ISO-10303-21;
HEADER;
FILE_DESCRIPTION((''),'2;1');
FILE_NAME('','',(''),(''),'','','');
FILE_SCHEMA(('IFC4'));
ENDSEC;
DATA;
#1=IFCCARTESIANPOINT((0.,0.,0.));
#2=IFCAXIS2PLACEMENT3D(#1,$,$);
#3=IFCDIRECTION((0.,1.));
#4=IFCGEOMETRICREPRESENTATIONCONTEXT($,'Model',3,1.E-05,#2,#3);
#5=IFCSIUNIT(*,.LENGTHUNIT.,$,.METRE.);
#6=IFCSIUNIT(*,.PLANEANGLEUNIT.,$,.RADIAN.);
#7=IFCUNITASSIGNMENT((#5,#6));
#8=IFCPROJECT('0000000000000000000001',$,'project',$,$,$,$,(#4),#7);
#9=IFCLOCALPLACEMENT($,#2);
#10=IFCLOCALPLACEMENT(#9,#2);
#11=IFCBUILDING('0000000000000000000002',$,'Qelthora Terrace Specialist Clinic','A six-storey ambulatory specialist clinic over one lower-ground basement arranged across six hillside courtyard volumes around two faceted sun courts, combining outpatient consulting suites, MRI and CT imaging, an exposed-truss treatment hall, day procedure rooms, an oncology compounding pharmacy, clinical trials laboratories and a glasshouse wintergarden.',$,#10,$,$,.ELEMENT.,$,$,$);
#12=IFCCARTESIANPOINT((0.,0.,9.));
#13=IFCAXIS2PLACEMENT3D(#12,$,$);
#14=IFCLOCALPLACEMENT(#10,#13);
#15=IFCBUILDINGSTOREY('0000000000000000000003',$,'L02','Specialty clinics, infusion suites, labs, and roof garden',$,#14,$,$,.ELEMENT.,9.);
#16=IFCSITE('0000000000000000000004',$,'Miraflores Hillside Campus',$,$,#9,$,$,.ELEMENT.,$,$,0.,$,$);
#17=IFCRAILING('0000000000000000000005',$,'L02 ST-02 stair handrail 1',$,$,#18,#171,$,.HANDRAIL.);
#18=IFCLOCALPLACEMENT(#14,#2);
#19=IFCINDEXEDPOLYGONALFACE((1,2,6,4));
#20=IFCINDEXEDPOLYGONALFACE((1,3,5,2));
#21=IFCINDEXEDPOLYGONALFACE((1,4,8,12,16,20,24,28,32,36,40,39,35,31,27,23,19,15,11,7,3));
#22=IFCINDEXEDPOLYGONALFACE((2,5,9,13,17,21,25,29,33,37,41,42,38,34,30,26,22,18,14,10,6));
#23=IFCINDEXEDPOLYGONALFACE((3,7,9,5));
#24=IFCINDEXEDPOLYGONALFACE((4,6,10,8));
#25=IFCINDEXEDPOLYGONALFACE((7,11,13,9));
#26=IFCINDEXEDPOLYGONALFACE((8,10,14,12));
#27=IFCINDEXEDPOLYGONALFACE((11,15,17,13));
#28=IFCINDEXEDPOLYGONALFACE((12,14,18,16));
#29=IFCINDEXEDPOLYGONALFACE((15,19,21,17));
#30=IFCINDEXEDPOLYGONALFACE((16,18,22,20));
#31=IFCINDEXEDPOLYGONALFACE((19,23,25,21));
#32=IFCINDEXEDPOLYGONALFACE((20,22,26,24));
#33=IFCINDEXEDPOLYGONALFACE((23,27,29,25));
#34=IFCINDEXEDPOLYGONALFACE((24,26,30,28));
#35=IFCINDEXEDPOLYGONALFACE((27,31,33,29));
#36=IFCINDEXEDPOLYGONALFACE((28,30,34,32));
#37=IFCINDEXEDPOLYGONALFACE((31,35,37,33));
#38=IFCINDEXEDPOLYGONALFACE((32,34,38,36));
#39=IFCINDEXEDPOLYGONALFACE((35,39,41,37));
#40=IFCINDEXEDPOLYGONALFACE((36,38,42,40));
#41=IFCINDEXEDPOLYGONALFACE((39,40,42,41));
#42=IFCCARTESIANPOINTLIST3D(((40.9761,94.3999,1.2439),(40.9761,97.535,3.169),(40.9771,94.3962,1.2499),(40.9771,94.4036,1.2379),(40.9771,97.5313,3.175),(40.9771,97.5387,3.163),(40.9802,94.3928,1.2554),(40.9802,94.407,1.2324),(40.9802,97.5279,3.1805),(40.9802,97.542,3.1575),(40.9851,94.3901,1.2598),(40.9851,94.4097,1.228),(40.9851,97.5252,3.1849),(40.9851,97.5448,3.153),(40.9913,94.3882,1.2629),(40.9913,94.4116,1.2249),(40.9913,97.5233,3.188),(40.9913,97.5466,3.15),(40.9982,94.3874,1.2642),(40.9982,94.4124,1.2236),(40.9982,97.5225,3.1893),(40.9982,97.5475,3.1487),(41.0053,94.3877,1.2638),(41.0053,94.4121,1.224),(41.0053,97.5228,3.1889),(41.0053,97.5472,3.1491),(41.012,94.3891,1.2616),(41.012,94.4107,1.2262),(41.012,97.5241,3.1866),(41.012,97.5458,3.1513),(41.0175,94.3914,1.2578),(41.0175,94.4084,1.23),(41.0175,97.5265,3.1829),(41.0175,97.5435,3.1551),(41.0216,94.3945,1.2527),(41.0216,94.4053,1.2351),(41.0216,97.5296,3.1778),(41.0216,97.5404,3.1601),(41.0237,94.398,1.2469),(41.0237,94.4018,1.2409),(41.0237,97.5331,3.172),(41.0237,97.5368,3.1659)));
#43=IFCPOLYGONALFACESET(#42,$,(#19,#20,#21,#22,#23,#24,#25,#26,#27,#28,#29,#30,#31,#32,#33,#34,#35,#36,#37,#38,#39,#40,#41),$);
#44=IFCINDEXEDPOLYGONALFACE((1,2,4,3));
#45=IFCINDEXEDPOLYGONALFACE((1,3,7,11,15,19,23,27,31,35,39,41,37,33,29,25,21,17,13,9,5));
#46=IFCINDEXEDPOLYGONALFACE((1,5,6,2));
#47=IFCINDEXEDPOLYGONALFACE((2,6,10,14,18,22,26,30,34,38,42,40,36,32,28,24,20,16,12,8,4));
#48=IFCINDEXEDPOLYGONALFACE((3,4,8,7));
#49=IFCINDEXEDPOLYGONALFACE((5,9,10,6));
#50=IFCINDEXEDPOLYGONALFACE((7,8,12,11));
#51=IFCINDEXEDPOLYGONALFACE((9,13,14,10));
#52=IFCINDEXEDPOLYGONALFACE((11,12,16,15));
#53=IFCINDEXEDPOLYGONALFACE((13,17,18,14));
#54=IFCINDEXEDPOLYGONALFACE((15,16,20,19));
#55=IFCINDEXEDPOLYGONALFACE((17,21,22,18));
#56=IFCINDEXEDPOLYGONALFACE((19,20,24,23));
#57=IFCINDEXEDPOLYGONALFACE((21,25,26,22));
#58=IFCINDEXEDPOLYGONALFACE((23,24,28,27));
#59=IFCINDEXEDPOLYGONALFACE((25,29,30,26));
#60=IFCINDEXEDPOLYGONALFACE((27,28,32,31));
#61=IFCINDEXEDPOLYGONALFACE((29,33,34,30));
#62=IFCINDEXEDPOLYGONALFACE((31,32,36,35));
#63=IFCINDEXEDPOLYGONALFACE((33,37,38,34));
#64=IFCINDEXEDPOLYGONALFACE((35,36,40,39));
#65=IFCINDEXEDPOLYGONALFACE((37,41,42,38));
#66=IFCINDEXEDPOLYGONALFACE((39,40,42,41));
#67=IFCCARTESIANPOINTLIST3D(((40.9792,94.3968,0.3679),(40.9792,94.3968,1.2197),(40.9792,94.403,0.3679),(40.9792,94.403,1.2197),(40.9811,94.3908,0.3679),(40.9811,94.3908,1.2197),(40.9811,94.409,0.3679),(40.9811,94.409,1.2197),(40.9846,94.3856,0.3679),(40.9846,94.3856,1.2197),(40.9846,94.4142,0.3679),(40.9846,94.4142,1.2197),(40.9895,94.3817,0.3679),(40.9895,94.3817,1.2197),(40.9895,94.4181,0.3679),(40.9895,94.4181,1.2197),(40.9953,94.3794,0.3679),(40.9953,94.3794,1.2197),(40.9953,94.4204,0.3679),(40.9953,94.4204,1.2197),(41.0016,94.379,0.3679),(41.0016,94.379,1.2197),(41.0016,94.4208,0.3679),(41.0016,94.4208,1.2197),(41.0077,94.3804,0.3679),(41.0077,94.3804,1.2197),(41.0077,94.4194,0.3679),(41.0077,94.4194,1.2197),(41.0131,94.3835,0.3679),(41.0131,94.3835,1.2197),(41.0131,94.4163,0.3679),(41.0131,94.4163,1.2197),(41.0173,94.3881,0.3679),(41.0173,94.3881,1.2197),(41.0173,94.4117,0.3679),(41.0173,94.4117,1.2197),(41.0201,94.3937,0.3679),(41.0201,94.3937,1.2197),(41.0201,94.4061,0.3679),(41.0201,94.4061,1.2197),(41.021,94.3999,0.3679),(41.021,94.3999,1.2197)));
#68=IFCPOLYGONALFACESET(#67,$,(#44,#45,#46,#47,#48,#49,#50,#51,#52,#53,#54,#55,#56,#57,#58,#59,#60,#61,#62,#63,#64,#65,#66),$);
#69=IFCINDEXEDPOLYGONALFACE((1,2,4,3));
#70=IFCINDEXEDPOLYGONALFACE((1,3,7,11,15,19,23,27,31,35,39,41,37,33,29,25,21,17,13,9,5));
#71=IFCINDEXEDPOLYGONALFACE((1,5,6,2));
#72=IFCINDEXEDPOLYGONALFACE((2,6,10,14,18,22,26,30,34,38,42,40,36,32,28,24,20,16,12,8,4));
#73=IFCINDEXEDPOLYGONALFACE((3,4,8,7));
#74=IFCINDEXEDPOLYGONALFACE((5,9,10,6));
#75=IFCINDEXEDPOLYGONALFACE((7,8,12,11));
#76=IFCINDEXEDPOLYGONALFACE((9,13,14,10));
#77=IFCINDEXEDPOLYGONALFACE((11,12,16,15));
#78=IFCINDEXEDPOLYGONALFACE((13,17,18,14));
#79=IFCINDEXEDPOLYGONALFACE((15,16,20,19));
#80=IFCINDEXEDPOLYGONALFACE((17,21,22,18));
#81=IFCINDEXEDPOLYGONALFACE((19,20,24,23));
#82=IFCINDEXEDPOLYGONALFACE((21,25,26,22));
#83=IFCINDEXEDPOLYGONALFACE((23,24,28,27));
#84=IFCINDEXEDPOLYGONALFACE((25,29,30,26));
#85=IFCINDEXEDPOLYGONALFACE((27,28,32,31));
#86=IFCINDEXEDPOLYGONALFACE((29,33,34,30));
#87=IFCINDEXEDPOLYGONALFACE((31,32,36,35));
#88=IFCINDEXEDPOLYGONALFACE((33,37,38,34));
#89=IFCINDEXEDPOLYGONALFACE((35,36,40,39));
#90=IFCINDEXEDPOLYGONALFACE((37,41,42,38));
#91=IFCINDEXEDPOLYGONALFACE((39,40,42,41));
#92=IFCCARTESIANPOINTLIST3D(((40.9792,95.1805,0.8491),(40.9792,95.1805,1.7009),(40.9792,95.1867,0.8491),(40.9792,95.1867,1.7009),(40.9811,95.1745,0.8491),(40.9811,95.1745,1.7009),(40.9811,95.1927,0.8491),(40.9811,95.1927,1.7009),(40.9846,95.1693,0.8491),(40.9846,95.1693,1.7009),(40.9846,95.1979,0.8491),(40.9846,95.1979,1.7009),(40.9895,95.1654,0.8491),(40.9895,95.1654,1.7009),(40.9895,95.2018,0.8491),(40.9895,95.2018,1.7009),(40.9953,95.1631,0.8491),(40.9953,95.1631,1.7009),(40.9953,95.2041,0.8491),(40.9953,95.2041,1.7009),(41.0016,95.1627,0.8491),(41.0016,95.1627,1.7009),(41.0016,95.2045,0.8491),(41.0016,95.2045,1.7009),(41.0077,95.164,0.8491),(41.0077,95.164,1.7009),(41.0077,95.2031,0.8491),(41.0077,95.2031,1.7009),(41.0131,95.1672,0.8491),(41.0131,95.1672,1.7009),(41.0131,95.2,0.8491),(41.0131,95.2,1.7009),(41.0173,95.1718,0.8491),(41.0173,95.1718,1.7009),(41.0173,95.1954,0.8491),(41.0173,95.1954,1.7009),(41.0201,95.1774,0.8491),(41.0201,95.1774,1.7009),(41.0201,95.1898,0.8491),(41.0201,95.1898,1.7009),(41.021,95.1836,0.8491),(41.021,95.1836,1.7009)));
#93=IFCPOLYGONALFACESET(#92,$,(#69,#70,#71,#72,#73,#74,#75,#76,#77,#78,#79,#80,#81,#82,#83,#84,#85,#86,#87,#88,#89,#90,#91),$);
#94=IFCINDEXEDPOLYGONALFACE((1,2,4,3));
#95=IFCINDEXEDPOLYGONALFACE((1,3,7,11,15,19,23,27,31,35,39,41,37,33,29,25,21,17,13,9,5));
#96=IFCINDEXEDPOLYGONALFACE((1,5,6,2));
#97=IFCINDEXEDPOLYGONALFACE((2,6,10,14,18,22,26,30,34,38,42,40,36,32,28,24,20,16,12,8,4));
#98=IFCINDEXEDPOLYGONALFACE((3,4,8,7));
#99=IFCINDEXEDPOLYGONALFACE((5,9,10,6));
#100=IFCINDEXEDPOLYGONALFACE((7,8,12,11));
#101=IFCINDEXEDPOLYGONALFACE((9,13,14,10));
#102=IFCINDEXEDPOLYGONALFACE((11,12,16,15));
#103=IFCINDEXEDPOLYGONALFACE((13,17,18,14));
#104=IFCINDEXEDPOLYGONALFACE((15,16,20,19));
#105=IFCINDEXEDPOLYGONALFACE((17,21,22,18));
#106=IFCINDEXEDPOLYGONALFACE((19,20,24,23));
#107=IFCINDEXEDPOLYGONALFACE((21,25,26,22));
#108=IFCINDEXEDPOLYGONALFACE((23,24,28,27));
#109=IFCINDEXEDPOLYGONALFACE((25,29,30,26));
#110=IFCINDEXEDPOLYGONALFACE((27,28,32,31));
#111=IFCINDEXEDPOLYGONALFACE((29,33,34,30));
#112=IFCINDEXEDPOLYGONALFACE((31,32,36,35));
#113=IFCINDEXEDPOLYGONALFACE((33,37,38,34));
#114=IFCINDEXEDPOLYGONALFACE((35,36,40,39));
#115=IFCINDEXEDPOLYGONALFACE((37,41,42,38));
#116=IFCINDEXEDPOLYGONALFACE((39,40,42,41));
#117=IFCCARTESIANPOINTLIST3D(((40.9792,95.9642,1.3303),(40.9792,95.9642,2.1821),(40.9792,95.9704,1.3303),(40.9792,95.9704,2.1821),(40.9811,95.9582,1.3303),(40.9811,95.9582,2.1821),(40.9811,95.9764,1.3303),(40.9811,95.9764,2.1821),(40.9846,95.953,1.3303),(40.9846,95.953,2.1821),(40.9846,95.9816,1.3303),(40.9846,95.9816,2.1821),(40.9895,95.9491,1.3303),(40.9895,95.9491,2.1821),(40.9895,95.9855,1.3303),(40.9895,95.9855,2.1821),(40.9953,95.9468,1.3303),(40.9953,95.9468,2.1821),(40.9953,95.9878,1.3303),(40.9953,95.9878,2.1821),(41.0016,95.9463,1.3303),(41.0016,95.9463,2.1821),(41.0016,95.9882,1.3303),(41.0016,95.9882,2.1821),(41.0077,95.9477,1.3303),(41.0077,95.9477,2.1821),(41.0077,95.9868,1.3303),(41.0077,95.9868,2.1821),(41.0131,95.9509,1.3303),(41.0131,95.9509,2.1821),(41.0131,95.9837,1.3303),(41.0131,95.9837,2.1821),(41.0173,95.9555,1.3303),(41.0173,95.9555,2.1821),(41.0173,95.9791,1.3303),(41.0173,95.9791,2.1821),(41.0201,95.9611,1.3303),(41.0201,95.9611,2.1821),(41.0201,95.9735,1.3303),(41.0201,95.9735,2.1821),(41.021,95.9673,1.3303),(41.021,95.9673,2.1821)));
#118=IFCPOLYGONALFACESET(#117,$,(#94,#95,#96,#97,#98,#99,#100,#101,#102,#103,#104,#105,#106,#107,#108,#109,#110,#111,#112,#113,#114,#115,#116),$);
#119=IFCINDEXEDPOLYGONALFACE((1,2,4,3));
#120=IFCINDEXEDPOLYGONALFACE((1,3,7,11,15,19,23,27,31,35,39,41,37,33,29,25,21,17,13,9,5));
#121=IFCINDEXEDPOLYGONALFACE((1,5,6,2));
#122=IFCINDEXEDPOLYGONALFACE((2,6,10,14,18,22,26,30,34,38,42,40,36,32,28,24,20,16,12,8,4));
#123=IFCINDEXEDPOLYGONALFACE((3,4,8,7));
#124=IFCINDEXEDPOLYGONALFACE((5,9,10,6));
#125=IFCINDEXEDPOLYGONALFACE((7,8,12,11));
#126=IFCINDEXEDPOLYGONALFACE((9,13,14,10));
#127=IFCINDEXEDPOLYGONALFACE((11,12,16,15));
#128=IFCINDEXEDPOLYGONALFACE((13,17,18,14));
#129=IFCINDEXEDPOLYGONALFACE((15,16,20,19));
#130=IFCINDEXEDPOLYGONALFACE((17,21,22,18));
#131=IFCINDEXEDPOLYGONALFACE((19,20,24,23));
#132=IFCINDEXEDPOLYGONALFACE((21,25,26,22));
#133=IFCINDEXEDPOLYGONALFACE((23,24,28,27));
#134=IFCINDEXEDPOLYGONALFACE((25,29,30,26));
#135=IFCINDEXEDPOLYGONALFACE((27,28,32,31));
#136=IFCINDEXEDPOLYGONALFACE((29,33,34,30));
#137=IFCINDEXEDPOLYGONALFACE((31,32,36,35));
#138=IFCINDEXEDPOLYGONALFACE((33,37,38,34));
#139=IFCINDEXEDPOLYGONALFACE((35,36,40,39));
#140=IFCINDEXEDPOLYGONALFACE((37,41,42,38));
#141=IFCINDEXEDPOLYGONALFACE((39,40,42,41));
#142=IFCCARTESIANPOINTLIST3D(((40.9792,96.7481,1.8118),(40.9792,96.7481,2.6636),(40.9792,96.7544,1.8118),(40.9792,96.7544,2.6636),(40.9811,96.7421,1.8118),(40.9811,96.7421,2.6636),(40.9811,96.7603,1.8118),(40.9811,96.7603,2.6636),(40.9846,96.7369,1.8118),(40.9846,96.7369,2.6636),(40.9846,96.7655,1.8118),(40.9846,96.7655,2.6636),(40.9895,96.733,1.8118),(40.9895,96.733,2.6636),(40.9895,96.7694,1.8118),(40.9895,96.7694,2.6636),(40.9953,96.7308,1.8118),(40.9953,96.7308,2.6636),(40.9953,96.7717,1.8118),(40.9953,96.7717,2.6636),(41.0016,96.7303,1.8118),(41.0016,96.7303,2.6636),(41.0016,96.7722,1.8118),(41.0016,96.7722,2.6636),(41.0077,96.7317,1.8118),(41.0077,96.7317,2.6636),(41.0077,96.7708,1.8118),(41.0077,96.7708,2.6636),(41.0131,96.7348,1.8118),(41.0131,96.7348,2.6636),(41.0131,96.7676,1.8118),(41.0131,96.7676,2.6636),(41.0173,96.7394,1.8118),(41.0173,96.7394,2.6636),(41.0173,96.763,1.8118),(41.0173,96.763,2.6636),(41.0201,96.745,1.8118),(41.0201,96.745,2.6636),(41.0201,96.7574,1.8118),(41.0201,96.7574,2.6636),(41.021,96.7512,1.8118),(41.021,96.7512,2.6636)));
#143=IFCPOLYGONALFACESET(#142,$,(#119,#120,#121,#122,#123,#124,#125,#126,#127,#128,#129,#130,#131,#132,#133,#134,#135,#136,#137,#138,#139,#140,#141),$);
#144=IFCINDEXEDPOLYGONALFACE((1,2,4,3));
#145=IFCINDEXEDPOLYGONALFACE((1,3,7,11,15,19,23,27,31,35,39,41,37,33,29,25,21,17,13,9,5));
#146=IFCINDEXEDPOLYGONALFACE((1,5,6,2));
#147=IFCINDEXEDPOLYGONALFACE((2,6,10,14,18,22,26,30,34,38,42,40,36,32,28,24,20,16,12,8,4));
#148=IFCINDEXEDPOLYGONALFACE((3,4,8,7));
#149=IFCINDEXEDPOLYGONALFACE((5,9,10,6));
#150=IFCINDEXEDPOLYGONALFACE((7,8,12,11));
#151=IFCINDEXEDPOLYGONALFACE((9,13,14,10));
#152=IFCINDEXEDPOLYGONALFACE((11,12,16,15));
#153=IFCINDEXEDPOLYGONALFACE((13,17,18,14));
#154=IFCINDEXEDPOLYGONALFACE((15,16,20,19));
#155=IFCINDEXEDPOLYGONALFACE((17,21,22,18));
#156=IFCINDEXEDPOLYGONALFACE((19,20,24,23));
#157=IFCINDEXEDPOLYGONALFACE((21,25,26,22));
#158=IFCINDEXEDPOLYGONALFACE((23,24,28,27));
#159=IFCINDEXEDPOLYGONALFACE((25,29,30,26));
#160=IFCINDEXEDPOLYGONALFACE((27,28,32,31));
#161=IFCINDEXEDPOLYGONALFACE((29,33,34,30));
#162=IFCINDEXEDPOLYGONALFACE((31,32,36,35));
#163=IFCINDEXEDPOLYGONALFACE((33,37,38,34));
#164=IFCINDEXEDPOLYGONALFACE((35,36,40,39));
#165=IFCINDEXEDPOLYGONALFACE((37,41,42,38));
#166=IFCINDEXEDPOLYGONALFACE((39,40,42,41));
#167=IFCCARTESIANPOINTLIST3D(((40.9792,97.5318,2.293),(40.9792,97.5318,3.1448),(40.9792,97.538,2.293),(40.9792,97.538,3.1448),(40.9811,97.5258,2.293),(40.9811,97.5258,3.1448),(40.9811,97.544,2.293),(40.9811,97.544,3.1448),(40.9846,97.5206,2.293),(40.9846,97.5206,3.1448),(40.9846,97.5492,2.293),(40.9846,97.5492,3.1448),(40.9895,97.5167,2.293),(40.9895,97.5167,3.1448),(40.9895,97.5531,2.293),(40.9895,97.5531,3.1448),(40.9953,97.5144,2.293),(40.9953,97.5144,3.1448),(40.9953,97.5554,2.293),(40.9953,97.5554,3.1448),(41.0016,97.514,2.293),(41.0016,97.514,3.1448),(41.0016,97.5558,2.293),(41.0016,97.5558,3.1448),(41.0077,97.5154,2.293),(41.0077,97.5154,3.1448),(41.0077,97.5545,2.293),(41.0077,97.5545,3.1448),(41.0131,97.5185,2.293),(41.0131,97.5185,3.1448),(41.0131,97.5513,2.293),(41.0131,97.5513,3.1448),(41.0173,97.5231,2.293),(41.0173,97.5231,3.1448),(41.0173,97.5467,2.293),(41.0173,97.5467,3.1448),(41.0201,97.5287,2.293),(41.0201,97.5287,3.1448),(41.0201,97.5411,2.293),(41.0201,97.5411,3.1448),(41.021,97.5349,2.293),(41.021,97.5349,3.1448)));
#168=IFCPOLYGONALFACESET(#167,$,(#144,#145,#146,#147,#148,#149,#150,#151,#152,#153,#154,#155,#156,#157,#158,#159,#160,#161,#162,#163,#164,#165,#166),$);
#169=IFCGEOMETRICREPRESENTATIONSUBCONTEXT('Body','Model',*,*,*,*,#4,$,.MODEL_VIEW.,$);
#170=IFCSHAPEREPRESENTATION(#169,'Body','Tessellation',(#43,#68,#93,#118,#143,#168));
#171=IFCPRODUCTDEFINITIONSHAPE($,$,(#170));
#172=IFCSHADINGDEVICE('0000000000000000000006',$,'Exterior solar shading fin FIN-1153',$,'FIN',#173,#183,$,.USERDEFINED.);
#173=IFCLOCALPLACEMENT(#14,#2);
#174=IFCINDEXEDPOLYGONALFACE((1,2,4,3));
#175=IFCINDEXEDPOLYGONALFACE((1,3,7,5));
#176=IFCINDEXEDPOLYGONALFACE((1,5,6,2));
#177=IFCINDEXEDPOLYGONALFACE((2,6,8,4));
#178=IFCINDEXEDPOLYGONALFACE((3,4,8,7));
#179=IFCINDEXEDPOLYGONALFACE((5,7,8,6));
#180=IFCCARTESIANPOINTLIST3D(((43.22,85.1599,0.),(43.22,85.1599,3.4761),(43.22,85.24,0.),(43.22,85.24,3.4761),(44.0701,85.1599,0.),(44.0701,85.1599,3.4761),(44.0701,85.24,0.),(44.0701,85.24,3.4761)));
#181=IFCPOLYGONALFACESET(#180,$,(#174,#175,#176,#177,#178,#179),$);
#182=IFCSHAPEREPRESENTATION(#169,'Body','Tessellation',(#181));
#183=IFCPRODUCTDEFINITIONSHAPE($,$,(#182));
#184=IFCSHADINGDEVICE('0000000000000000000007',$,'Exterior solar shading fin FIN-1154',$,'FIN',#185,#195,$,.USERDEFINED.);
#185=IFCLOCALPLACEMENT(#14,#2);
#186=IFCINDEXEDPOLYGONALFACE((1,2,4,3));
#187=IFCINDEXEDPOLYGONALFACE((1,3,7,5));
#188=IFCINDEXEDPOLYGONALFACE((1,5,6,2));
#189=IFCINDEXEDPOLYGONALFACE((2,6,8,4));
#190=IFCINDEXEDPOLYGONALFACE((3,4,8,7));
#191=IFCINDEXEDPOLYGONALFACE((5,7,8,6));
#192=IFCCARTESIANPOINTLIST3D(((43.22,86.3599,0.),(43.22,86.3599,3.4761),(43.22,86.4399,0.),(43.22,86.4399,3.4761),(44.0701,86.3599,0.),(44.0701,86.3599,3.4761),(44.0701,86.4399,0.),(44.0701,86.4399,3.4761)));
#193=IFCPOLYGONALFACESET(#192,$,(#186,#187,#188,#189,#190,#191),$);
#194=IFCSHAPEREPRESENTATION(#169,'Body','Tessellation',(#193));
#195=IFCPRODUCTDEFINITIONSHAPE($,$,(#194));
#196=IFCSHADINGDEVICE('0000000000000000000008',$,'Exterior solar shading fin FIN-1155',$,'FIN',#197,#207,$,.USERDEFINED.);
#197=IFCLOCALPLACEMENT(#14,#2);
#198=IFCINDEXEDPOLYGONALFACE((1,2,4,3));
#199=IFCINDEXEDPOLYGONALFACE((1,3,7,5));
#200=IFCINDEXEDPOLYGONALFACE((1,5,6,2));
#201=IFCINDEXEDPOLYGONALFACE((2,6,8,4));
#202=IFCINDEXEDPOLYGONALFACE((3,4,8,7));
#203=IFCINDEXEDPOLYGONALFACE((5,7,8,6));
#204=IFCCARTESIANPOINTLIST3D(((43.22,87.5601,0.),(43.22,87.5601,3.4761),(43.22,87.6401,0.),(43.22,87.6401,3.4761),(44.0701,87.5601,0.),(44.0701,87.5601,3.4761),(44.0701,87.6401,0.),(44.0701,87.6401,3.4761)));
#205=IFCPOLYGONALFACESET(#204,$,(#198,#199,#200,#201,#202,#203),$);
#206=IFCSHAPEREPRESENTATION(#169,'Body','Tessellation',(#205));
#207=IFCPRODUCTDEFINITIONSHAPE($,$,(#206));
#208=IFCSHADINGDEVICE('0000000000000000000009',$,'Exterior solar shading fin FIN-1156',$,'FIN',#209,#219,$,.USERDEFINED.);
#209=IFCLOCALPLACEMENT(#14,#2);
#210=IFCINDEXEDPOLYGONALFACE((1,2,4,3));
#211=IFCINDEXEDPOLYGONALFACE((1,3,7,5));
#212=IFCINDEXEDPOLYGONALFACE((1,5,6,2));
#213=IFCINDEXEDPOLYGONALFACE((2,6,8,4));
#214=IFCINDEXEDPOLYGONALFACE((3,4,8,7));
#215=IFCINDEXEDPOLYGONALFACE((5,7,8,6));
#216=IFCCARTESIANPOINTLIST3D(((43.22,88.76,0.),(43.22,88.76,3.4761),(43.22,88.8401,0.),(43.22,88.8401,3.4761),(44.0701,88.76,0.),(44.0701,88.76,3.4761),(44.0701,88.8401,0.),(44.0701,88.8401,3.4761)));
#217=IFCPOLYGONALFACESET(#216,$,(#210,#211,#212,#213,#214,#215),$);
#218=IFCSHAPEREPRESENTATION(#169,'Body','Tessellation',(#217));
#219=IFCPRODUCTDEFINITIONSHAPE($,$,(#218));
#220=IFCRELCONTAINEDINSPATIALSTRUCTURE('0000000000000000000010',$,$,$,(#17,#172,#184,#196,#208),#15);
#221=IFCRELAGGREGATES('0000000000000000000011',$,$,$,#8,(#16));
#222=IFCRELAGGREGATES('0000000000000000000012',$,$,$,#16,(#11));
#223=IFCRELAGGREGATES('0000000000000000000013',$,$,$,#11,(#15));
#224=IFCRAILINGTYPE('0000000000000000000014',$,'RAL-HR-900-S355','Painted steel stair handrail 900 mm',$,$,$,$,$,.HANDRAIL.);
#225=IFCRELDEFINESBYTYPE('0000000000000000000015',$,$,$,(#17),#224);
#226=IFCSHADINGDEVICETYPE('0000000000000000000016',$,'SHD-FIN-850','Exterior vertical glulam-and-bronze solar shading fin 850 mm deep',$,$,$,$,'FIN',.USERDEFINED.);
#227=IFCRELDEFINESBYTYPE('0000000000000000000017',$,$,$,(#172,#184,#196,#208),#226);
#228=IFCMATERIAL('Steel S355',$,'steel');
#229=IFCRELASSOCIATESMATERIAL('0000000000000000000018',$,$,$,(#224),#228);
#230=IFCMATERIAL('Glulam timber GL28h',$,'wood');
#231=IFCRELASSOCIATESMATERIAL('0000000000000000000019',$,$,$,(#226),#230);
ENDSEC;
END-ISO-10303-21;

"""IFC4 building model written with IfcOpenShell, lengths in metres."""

from ifc_helpers import new_model, si_unit, direction, frame, origin, origin_2d, place, context, subcontext, project, spatial, rectangle, circle, extrude, material, type_object, element, save


model = new_model("IFC4")

# Units and contexts
model_context = context("Model", 3, precision=1e-05, world=origin(), true_north=direction((0.0, 1.0)))
body_context = subcontext(model_context, "Body", "Model", "MODEL_VIEW")
ifc_project = project(units=[si_unit("LENGTHUNIT", "METRE"), si_unit("PLANEANGLEUNIT", "RADIAN")], contexts=[model_context])

# Site, building, storey
site_placement = place(None, origin())
site = spatial("IfcSite", under=ifc_project, at=site_placement, Name="Miraflores Hillside Campus", CompositionType="ELEMENT", RefElevation=0.0)
building_placement = place(site_placement, origin())
building = spatial("IfcBuilding", under=site, at=building_placement, Name="Qelthora Terrace Specialist Clinic", Description="A six-storey ambulatory specialist clinic over one lower-ground basement arranged across six hillside courtyard volumes around two faceted sun courts, combining outpatient consulting suites, MRI and CT imaging, an exposed-truss treatment hall, day procedure rooms, an oncology compounding pharmacy, clinical trials laboratories and a glasshouse wintergarden.", CompositionType="ELEMENT")
storey_placement = place(building_placement, frame((0.0, 0.0, 9.0)))
storey = spatial("IfcBuildingStorey", under=building, at=storey_placement, Name="L02", Description="Specialty clinics, infusion suites, labs, and roof garden", CompositionType="ELEMENT", Elevation=9.0)

# Shared definitions
ifc_material_1 = material(Name="Steel S355", Category="steel")

# Railing
railing_type_1 = type_object("IfcRailingType", Name="RAL-HR-900-S355", Description="Painted steel stair handrail 900 mm", PredefinedType="HANDRAIL", material=ifc_material_1)
railing_1_placement = place(storey_placement, frame((41.0, 94.3999, 0.3679)))
element("IfcRailing", 1, at=railing_1_placement, inside=storey, type_object=railing_type_1, Name="L02 ST-02 stair handrail 1", PredefinedType="HANDRAIL", context=body_context, shape_type="SweptSolid", body=[
    extrude(circle(Radius=0.0239, at=origin_2d()), frame((0.0, 0.0, 0.876), z_axis=(0.0, 0.852166, 0.523271), x_axis=(-1.0, 0.0, 0.0)), (0.0, 0.0, 1.0), 3.679),
    extrude(circle(Radius=0.021, at=origin_2d()), origin(), (0.0, 0.0, 1.0), 0.8518),
    extrude(circle(Radius=0.021, at=origin_2d()), frame((0.0, 0.7837, 0.4812)), (0.0, 0.0, 1.0), 0.8518),
    extrude(circle(Radius=0.021, at=origin_2d()), frame((0.0, 1.5674, 0.9624)), (0.0, 0.0, 1.0), 0.8518),
    extrude(circle(Radius=0.021, at=origin_2d()), frame((0.0, 2.3513, 1.4438)), (0.0, 0.0, 1.0), 0.8518),
    extrude(circle(Radius=0.021, at=origin_2d()), frame((0.0, 3.135, 1.925)), (0.0, 0.0, 1.0), 0.8518),
])

# Shading devices
ifc_material_2 = material(Name="Glulam timber GL28h", Category="wood")
shading_device_type = type_object("IfcShadingDeviceType", Name="SHD-FIN-850", Description="Exterior vertical glulam-and-bronze solar shading fin 850 mm deep", ElementType="FIN", PredefinedType="USERDEFINED", material=ifc_material_2)
for number, where, z_axis, x_axis, name in (
    (2, (43.645, 85.2, 0.0), (0.0, 0.0, 1.0), (1.0, 0.0, 0.0), "Exterior solar shading fin FIN-1153"),
    (3, (43.645, 86.3999, 0.0), (0.0, 0.0, 1.0), (1.0, 0.0, 0.0), "Exterior solar shading fin FIN-1154"),
    (4, (43.645, 87.6001, 0.0), (0.0, 0.0, 1.0), (1.0, 0.0, 0.0), "Exterior solar shading fin FIN-1155"),
    (5, (43.645, 88.8, 0.0), (0.0, 0.0, 1.0), (1.0, 0.0, 0.0), "Exterior solar shading fin FIN-1156"),
):
    element("IfcShadingDevice", number, at=place(storey_placement, frame(where, z_axis=z_axis, x_axis=x_axis)), inside=storey, type_object=shading_device_type, Name=name, ObjectType="FIN", PredefinedType="USERDEFINED", context=body_context, shape_type="SweptSolid", body=[
        extrude(rectangle(XDim=0.8501, YDim=0.0801, at=origin_2d()), origin(), (0.0, 0.0, 1.0), 3.4761),
    ])

save(model, "model.ifc")
